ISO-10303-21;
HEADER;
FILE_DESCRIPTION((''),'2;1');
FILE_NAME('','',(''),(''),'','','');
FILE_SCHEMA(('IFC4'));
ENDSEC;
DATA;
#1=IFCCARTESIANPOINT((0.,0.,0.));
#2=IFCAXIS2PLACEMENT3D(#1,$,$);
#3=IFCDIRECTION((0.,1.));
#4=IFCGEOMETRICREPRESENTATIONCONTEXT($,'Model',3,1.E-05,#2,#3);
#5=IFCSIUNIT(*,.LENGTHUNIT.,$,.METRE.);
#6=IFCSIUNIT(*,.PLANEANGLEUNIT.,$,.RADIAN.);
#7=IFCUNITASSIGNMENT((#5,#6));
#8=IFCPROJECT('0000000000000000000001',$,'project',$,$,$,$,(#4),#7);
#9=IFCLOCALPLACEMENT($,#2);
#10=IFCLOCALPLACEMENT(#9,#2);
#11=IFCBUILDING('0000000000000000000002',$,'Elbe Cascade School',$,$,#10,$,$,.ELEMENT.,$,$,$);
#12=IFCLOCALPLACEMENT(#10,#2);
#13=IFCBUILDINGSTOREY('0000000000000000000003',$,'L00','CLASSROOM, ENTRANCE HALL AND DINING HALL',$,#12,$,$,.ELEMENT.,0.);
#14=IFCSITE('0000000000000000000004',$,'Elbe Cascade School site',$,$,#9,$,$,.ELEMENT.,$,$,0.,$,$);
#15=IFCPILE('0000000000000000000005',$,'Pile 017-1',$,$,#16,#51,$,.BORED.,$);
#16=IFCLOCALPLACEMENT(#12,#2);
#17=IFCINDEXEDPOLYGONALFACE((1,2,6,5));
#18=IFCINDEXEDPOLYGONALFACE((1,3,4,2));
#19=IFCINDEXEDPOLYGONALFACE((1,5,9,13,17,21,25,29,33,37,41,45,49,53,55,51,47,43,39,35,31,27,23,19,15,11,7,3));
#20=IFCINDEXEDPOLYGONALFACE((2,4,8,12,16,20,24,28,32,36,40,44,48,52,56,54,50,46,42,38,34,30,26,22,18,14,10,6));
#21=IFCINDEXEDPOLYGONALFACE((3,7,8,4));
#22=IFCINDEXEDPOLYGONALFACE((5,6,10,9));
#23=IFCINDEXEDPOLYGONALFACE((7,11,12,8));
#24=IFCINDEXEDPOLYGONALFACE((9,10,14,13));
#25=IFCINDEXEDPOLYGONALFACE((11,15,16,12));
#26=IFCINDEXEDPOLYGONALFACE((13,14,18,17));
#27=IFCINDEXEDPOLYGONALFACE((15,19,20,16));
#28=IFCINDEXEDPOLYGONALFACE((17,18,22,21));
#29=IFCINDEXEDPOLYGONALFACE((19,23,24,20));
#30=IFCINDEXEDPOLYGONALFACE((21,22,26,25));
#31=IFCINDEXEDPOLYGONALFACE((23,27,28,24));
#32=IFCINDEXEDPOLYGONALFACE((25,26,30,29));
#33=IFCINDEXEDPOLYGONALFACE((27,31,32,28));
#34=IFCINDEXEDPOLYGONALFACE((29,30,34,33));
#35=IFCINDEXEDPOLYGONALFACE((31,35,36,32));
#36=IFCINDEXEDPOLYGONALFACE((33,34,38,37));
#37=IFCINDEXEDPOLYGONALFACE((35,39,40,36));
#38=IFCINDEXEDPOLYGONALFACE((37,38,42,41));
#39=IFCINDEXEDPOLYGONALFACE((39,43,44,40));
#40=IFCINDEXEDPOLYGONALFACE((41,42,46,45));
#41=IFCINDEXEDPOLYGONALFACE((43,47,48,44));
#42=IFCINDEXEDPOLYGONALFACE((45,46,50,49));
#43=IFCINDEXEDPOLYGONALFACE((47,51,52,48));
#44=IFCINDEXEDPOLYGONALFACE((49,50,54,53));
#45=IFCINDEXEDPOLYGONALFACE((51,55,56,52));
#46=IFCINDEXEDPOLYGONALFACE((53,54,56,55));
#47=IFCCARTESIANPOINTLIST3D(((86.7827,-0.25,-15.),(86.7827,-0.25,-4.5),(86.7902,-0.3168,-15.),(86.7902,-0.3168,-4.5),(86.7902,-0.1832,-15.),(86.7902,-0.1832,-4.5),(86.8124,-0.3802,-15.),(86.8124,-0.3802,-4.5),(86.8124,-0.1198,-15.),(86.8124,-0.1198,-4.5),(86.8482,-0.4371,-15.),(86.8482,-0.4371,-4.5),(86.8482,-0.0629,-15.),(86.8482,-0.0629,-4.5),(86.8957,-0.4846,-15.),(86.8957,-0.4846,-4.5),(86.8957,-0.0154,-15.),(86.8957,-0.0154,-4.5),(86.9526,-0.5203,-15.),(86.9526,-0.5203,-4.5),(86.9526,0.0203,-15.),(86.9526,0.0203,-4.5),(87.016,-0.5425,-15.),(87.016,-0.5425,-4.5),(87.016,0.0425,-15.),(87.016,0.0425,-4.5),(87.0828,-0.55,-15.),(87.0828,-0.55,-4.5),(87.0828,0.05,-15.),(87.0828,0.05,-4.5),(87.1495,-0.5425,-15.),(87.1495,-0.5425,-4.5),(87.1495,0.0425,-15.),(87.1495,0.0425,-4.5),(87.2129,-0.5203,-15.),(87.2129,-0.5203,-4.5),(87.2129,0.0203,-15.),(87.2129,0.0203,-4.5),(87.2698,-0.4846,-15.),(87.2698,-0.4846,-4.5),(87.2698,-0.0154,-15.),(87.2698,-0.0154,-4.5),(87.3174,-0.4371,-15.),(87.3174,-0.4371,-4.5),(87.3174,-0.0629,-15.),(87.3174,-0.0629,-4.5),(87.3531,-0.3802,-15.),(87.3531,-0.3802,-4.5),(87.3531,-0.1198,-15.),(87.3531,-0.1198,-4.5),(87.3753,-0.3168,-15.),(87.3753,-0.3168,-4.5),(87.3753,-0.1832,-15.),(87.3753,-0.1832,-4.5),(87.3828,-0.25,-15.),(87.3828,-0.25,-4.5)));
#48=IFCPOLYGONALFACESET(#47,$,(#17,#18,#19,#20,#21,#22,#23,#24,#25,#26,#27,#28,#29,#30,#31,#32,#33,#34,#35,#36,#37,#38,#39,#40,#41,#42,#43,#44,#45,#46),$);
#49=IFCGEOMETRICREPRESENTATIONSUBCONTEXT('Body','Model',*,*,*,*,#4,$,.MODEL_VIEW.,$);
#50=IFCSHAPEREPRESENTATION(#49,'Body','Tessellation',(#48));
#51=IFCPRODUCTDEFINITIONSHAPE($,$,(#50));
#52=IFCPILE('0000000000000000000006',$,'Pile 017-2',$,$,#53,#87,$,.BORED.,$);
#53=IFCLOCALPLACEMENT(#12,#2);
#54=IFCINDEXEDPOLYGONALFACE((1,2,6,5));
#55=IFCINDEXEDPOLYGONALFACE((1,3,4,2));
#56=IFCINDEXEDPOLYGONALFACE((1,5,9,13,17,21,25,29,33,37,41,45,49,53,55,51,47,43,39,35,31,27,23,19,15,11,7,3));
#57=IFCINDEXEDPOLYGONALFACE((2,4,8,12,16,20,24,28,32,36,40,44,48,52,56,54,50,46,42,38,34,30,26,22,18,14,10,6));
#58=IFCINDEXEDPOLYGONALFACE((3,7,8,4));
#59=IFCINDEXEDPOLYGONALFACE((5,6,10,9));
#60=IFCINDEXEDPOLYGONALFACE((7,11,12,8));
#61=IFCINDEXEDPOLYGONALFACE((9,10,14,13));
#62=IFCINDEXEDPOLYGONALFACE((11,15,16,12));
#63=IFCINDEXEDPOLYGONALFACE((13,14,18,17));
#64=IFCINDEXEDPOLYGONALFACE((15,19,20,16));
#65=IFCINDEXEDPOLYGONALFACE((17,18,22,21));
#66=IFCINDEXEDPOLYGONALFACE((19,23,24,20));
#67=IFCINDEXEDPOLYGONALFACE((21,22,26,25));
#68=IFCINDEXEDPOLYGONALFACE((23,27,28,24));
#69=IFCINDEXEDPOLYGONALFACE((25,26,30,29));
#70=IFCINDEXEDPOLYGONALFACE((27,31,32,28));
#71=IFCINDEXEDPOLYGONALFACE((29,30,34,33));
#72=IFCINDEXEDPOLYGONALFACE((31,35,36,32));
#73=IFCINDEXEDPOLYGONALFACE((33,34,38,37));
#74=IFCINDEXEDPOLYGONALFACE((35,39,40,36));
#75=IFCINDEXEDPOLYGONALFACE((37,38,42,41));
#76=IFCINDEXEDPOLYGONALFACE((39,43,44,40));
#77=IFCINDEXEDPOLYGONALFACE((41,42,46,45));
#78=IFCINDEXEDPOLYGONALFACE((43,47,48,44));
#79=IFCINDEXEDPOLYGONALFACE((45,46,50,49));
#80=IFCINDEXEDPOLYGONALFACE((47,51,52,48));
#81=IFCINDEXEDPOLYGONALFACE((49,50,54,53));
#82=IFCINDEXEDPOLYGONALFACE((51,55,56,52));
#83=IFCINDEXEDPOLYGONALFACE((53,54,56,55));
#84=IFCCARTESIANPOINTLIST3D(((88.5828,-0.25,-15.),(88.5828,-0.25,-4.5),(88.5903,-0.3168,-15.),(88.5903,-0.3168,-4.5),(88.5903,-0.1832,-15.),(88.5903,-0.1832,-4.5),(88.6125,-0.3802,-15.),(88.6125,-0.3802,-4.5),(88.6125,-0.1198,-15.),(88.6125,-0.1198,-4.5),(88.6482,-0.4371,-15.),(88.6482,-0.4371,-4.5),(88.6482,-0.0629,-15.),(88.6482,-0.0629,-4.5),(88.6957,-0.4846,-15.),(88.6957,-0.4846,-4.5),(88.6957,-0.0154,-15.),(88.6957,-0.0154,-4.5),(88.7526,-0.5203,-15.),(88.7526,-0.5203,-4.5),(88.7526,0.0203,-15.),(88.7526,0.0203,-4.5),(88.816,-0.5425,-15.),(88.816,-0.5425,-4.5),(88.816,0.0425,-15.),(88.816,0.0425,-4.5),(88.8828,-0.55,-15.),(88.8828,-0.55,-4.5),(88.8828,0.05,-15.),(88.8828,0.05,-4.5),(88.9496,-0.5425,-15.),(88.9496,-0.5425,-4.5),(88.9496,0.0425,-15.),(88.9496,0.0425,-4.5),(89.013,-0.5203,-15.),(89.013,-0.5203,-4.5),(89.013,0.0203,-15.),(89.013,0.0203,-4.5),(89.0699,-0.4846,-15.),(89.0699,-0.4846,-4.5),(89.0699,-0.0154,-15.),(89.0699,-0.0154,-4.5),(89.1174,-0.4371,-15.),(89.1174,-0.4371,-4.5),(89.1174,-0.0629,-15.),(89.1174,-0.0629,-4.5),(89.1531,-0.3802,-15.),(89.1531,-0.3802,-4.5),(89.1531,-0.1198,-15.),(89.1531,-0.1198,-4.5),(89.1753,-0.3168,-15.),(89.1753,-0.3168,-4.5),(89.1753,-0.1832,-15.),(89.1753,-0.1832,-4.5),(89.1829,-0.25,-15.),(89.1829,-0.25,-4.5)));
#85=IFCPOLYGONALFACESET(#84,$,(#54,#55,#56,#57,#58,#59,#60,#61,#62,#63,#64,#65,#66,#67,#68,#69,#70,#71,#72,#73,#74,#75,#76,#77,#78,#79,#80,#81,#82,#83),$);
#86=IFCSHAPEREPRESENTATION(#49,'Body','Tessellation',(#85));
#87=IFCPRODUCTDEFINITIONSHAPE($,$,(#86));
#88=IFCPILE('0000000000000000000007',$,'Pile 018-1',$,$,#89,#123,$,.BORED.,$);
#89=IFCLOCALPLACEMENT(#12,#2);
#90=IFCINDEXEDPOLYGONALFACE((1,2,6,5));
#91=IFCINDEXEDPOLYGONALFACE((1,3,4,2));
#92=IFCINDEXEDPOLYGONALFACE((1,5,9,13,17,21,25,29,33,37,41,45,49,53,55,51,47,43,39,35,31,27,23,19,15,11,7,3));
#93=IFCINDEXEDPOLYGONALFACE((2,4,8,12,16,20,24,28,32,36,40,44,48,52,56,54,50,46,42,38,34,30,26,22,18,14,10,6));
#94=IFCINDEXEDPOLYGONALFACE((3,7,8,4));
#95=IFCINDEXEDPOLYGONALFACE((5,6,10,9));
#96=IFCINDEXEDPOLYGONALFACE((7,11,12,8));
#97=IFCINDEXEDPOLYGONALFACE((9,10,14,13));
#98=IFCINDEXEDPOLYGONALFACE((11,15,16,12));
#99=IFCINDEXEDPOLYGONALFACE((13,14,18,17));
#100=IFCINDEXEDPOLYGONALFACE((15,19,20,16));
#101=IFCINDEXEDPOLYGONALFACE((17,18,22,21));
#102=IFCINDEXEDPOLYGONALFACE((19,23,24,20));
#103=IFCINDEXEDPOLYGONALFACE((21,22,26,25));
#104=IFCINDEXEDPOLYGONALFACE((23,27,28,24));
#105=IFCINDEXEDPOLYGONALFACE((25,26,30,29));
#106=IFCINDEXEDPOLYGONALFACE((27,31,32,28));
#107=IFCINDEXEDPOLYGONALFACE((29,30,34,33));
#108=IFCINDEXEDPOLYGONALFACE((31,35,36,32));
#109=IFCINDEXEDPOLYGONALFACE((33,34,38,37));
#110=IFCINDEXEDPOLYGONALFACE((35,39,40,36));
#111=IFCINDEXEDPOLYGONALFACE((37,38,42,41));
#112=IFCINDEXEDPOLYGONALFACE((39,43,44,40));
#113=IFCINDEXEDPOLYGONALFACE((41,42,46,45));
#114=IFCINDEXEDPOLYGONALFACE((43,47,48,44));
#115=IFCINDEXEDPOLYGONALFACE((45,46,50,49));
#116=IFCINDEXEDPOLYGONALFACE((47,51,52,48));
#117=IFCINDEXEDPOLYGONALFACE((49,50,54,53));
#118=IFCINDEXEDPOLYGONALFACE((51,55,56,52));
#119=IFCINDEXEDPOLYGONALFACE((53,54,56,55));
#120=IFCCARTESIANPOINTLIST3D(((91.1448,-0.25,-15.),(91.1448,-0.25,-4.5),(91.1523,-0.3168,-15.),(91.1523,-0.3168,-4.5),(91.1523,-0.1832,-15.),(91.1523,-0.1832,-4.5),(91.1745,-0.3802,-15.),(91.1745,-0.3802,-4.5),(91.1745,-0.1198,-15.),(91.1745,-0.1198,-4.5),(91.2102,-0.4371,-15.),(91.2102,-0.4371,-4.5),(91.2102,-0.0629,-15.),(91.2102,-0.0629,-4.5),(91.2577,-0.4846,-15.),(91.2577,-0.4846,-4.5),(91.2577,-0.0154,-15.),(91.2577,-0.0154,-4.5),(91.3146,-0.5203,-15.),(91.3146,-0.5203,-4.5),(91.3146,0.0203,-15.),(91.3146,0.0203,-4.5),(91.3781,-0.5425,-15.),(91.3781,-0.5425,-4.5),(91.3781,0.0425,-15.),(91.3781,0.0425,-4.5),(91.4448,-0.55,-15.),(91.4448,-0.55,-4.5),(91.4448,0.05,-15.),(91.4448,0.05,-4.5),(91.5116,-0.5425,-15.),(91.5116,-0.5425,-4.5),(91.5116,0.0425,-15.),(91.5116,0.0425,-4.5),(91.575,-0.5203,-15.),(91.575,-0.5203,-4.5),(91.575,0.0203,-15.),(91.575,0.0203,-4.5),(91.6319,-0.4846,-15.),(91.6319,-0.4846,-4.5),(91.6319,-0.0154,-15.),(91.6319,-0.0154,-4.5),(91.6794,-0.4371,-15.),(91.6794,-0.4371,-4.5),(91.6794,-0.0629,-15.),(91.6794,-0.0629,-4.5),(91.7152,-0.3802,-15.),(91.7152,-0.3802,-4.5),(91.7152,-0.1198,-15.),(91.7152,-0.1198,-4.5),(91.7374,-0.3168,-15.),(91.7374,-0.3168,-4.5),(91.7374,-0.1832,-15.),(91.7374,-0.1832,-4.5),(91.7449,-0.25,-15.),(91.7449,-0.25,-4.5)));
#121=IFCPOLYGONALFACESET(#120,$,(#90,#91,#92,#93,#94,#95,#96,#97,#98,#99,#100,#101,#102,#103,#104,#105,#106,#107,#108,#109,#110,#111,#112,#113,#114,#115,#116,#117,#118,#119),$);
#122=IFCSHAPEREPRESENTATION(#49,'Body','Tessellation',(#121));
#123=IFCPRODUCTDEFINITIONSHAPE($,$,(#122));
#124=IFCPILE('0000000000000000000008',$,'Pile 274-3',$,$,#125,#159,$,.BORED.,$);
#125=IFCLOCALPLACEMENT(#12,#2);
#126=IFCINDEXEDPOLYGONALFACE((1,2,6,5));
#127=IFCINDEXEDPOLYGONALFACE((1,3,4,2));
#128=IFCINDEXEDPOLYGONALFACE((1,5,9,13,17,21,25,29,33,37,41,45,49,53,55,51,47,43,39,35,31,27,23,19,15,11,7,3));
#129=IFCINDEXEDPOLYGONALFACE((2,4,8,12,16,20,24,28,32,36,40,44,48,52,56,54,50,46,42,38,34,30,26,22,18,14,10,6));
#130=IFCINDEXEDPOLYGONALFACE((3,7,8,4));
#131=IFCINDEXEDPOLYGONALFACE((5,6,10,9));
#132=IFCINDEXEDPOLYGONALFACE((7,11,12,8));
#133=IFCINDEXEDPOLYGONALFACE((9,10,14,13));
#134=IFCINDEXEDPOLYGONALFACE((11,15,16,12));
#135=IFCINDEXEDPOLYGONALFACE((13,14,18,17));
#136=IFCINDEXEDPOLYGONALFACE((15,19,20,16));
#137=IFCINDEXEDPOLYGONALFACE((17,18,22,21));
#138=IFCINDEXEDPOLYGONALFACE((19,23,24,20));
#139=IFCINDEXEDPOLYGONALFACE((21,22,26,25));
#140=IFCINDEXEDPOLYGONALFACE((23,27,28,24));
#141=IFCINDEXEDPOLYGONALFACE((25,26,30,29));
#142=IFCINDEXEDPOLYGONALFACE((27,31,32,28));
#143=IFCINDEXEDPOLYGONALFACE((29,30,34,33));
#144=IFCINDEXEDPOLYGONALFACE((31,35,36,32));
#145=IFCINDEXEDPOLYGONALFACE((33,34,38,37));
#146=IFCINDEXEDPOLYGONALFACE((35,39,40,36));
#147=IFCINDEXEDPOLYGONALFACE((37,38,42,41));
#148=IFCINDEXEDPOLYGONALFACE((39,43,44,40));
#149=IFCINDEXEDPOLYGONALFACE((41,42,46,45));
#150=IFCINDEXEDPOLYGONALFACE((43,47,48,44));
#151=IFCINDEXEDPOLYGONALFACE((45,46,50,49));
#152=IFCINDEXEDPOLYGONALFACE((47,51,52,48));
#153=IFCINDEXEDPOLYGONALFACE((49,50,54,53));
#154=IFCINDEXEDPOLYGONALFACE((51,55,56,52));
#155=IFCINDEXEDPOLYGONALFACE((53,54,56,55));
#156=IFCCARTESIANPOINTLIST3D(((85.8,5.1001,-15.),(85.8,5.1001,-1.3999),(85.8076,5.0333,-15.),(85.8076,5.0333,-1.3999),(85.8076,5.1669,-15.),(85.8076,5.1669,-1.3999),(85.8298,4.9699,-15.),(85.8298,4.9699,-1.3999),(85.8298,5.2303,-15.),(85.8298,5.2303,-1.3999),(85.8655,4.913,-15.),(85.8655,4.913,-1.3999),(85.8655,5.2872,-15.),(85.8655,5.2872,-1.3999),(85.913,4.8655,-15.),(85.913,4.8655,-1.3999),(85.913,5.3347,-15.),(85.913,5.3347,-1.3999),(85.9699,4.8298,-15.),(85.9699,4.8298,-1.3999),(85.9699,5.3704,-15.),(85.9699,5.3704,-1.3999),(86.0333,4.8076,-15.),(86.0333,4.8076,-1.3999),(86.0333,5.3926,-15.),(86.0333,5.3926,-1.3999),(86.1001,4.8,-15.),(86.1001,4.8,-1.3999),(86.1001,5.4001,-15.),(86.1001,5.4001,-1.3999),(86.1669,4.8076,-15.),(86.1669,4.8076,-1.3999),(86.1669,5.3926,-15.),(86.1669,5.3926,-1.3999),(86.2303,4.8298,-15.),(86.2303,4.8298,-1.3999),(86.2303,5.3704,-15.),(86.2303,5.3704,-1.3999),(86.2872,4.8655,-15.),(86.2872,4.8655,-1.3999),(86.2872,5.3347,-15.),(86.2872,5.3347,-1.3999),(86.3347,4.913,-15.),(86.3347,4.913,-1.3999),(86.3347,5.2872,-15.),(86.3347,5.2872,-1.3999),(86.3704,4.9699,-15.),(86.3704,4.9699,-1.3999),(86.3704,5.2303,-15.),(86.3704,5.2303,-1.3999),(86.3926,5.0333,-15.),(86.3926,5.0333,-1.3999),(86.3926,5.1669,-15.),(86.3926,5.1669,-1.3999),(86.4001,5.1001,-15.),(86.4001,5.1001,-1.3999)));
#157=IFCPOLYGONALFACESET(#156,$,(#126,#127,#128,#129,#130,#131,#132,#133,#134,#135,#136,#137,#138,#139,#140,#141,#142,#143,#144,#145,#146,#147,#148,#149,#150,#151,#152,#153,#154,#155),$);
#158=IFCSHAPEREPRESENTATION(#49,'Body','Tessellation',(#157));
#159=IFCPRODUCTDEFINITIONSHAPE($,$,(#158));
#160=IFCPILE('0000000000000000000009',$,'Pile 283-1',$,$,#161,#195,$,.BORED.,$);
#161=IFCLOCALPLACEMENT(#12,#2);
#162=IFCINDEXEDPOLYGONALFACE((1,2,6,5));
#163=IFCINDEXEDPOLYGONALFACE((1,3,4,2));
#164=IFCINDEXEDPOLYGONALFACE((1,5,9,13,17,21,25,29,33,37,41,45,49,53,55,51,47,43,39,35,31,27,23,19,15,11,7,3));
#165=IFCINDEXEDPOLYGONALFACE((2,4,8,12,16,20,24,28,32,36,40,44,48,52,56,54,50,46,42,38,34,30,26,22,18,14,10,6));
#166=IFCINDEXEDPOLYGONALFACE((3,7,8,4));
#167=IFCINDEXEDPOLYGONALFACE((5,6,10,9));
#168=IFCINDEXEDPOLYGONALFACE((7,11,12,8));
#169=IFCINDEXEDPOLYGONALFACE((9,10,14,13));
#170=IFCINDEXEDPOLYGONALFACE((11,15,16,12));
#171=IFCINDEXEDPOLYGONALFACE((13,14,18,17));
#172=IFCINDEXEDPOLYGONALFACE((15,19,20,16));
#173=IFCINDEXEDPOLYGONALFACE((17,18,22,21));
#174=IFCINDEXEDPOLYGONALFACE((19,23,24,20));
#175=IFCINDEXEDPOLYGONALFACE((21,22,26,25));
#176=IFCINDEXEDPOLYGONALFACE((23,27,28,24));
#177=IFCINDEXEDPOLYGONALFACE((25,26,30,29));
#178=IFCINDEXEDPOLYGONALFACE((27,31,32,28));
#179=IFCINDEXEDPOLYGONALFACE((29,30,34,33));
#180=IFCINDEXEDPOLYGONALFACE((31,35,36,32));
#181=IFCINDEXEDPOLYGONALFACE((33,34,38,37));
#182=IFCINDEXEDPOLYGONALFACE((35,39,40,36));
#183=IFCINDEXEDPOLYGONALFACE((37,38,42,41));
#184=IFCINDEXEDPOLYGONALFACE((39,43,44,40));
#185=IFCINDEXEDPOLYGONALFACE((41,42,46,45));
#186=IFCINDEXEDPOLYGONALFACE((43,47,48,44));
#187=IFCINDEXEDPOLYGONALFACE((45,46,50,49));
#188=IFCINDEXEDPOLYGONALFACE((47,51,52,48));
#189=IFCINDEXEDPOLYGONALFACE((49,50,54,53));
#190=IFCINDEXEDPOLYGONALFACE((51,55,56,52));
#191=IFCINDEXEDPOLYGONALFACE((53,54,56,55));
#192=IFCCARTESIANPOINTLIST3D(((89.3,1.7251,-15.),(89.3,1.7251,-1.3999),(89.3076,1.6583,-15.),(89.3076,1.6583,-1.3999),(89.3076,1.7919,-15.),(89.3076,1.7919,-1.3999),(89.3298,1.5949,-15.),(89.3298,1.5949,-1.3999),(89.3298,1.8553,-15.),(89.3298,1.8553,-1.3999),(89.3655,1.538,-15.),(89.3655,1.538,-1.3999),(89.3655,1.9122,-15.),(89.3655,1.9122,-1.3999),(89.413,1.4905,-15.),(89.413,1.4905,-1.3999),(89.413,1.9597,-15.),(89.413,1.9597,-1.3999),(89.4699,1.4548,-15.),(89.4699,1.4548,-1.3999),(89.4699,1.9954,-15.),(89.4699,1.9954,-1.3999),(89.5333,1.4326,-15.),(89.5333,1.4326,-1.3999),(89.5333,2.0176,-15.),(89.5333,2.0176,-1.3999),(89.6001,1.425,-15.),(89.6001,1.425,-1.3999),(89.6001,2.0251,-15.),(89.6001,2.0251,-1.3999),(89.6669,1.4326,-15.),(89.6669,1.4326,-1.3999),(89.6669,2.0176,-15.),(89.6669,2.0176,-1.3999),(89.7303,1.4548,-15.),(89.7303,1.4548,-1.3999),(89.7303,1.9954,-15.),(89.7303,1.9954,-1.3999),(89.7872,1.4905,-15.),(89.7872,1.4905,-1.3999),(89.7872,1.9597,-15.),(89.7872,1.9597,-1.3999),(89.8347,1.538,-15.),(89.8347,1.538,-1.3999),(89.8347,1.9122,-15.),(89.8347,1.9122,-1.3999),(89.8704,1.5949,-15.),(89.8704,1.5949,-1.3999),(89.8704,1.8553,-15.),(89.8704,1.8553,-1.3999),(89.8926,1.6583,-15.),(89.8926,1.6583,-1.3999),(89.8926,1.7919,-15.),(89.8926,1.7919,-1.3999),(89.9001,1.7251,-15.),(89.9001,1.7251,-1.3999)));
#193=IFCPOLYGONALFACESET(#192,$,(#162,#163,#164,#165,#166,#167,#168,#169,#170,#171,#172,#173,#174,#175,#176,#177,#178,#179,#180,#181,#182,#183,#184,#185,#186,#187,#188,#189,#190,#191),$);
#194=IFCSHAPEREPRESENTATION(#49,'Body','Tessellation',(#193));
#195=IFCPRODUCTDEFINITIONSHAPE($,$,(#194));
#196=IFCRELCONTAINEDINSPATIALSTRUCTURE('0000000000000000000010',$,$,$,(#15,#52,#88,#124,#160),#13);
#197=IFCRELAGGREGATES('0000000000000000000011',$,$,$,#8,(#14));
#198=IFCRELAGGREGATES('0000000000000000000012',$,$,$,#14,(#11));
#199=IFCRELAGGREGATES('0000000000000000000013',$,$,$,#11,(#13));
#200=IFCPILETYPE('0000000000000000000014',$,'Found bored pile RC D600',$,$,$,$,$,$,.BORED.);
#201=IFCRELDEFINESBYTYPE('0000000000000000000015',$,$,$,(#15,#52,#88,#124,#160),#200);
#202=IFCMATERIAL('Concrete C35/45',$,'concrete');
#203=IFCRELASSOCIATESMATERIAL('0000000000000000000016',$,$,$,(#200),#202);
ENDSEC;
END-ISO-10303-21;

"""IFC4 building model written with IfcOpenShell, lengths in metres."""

from ifc_helpers import new_model, si_unit, direction, frame, origin, origin_2d, place, context, subcontext, project, spatial, circle, extrude, material, material_profile, profile_set, type_object, element, save


model = new_model("IFC4")

# Units and contexts
model_context = context("Model", 3, precision=1e-05, world=origin(), true_north=direction((0.0, 1.0)))
body_context = subcontext(model_context, "Body", "Model", "MODEL_VIEW")
ifc_project = project(units=[si_unit("LENGTHUNIT", "METRE"), si_unit("PLANEANGLEUNIT", "RADIAN")], contexts=[model_context])

# Site, building, storey
site_placement = place(None, origin())
site = spatial("IfcSite", under=ifc_project, at=site_placement, Name="Elbe Cascade School site", CompositionType="ELEMENT", RefElevation=0.0)
building_placement = place(site_placement, origin())
building = spatial("IfcBuilding", under=site, at=building_placement, Name="Elbe Cascade School", CompositionType="ELEMENT")
storey_placement = place(building_placement, origin())
storey = spatial("IfcBuildingStorey", under=building, at=storey_placement, Name="L00", Description="CLASSROOM, ENTRANCE HALL AND DINING HALL", CompositionType="ELEMENT", Elevation=0.0)

# Piles
ifc_material_1 = material(Name="Concrete C35/45", Category="concrete")
ifc_material_profile_1 = material_profile(ifc_material_1, circle(Radius=0.3, at=origin_2d()), Name="RC D600")
ifc_profile_set_1 = profile_set([ifc_material_profile_1], Name="Concrete C35/45")
pile_type = type_object("IfcPileType", Name="Found bored pile RC D600", PredefinedType="BORED", material=ifc_profile_set_1)
for number, where, z_axis, x_axis, name in (
    (1, (87.0828, -0.25, -4.5), (0.0, 0.0, -1.0), (1.0, 0.0, 0.0), "Pile 017-1"),
    (2, (88.8828, -0.25, -4.5), (0.0, 0.0, -1.0), (1.0, 0.0, 0.0), "Pile 017-2"),
    (3, (91.4448, -0.25, -4.5), (0.0, 0.0, -1.0), (1.0, 0.0, 0.0), "Pile 018-1"),
):
    element("IfcPile", number, at=place(storey_placement, frame(where, z_axis=z_axis, x_axis=x_axis)), inside=storey, type_object=pile_type, Name=name, PredefinedType="BORED", context=body_context, shape_type="SweptSolid", body=[
        extrude(circle(Radius=0.3, at=origin_2d()), origin(), (0.0, 0.0, 1.0), 10.5),
    ])
for number, where, z_axis, x_axis, name in (
    (4, (86.1001, 5.1001, -1.3999), (0.0, 0.0, -1.0), (1.0, 0.0, 0.0), "Pile 274-3"),
    (5, (89.6001, 1.7251, -1.3999), (0.0, 0.0, -1.0), (1.0, 0.0, 0.0), "Pile 283-1"),
):
    element("IfcPile", number, at=place(storey_placement, frame(where, z_axis=z_axis, x_axis=x_axis)), inside=storey, type_object=pile_type, Name=name, PredefinedType="BORED", context=body_context, shape_type="SweptSolid", body=[
        extrude(circle(Radius=0.3, at=origin_2d()), origin(), (0.0, 0.0, 1.0), 13.6001),
    ])

save(model, "model.ifc")
